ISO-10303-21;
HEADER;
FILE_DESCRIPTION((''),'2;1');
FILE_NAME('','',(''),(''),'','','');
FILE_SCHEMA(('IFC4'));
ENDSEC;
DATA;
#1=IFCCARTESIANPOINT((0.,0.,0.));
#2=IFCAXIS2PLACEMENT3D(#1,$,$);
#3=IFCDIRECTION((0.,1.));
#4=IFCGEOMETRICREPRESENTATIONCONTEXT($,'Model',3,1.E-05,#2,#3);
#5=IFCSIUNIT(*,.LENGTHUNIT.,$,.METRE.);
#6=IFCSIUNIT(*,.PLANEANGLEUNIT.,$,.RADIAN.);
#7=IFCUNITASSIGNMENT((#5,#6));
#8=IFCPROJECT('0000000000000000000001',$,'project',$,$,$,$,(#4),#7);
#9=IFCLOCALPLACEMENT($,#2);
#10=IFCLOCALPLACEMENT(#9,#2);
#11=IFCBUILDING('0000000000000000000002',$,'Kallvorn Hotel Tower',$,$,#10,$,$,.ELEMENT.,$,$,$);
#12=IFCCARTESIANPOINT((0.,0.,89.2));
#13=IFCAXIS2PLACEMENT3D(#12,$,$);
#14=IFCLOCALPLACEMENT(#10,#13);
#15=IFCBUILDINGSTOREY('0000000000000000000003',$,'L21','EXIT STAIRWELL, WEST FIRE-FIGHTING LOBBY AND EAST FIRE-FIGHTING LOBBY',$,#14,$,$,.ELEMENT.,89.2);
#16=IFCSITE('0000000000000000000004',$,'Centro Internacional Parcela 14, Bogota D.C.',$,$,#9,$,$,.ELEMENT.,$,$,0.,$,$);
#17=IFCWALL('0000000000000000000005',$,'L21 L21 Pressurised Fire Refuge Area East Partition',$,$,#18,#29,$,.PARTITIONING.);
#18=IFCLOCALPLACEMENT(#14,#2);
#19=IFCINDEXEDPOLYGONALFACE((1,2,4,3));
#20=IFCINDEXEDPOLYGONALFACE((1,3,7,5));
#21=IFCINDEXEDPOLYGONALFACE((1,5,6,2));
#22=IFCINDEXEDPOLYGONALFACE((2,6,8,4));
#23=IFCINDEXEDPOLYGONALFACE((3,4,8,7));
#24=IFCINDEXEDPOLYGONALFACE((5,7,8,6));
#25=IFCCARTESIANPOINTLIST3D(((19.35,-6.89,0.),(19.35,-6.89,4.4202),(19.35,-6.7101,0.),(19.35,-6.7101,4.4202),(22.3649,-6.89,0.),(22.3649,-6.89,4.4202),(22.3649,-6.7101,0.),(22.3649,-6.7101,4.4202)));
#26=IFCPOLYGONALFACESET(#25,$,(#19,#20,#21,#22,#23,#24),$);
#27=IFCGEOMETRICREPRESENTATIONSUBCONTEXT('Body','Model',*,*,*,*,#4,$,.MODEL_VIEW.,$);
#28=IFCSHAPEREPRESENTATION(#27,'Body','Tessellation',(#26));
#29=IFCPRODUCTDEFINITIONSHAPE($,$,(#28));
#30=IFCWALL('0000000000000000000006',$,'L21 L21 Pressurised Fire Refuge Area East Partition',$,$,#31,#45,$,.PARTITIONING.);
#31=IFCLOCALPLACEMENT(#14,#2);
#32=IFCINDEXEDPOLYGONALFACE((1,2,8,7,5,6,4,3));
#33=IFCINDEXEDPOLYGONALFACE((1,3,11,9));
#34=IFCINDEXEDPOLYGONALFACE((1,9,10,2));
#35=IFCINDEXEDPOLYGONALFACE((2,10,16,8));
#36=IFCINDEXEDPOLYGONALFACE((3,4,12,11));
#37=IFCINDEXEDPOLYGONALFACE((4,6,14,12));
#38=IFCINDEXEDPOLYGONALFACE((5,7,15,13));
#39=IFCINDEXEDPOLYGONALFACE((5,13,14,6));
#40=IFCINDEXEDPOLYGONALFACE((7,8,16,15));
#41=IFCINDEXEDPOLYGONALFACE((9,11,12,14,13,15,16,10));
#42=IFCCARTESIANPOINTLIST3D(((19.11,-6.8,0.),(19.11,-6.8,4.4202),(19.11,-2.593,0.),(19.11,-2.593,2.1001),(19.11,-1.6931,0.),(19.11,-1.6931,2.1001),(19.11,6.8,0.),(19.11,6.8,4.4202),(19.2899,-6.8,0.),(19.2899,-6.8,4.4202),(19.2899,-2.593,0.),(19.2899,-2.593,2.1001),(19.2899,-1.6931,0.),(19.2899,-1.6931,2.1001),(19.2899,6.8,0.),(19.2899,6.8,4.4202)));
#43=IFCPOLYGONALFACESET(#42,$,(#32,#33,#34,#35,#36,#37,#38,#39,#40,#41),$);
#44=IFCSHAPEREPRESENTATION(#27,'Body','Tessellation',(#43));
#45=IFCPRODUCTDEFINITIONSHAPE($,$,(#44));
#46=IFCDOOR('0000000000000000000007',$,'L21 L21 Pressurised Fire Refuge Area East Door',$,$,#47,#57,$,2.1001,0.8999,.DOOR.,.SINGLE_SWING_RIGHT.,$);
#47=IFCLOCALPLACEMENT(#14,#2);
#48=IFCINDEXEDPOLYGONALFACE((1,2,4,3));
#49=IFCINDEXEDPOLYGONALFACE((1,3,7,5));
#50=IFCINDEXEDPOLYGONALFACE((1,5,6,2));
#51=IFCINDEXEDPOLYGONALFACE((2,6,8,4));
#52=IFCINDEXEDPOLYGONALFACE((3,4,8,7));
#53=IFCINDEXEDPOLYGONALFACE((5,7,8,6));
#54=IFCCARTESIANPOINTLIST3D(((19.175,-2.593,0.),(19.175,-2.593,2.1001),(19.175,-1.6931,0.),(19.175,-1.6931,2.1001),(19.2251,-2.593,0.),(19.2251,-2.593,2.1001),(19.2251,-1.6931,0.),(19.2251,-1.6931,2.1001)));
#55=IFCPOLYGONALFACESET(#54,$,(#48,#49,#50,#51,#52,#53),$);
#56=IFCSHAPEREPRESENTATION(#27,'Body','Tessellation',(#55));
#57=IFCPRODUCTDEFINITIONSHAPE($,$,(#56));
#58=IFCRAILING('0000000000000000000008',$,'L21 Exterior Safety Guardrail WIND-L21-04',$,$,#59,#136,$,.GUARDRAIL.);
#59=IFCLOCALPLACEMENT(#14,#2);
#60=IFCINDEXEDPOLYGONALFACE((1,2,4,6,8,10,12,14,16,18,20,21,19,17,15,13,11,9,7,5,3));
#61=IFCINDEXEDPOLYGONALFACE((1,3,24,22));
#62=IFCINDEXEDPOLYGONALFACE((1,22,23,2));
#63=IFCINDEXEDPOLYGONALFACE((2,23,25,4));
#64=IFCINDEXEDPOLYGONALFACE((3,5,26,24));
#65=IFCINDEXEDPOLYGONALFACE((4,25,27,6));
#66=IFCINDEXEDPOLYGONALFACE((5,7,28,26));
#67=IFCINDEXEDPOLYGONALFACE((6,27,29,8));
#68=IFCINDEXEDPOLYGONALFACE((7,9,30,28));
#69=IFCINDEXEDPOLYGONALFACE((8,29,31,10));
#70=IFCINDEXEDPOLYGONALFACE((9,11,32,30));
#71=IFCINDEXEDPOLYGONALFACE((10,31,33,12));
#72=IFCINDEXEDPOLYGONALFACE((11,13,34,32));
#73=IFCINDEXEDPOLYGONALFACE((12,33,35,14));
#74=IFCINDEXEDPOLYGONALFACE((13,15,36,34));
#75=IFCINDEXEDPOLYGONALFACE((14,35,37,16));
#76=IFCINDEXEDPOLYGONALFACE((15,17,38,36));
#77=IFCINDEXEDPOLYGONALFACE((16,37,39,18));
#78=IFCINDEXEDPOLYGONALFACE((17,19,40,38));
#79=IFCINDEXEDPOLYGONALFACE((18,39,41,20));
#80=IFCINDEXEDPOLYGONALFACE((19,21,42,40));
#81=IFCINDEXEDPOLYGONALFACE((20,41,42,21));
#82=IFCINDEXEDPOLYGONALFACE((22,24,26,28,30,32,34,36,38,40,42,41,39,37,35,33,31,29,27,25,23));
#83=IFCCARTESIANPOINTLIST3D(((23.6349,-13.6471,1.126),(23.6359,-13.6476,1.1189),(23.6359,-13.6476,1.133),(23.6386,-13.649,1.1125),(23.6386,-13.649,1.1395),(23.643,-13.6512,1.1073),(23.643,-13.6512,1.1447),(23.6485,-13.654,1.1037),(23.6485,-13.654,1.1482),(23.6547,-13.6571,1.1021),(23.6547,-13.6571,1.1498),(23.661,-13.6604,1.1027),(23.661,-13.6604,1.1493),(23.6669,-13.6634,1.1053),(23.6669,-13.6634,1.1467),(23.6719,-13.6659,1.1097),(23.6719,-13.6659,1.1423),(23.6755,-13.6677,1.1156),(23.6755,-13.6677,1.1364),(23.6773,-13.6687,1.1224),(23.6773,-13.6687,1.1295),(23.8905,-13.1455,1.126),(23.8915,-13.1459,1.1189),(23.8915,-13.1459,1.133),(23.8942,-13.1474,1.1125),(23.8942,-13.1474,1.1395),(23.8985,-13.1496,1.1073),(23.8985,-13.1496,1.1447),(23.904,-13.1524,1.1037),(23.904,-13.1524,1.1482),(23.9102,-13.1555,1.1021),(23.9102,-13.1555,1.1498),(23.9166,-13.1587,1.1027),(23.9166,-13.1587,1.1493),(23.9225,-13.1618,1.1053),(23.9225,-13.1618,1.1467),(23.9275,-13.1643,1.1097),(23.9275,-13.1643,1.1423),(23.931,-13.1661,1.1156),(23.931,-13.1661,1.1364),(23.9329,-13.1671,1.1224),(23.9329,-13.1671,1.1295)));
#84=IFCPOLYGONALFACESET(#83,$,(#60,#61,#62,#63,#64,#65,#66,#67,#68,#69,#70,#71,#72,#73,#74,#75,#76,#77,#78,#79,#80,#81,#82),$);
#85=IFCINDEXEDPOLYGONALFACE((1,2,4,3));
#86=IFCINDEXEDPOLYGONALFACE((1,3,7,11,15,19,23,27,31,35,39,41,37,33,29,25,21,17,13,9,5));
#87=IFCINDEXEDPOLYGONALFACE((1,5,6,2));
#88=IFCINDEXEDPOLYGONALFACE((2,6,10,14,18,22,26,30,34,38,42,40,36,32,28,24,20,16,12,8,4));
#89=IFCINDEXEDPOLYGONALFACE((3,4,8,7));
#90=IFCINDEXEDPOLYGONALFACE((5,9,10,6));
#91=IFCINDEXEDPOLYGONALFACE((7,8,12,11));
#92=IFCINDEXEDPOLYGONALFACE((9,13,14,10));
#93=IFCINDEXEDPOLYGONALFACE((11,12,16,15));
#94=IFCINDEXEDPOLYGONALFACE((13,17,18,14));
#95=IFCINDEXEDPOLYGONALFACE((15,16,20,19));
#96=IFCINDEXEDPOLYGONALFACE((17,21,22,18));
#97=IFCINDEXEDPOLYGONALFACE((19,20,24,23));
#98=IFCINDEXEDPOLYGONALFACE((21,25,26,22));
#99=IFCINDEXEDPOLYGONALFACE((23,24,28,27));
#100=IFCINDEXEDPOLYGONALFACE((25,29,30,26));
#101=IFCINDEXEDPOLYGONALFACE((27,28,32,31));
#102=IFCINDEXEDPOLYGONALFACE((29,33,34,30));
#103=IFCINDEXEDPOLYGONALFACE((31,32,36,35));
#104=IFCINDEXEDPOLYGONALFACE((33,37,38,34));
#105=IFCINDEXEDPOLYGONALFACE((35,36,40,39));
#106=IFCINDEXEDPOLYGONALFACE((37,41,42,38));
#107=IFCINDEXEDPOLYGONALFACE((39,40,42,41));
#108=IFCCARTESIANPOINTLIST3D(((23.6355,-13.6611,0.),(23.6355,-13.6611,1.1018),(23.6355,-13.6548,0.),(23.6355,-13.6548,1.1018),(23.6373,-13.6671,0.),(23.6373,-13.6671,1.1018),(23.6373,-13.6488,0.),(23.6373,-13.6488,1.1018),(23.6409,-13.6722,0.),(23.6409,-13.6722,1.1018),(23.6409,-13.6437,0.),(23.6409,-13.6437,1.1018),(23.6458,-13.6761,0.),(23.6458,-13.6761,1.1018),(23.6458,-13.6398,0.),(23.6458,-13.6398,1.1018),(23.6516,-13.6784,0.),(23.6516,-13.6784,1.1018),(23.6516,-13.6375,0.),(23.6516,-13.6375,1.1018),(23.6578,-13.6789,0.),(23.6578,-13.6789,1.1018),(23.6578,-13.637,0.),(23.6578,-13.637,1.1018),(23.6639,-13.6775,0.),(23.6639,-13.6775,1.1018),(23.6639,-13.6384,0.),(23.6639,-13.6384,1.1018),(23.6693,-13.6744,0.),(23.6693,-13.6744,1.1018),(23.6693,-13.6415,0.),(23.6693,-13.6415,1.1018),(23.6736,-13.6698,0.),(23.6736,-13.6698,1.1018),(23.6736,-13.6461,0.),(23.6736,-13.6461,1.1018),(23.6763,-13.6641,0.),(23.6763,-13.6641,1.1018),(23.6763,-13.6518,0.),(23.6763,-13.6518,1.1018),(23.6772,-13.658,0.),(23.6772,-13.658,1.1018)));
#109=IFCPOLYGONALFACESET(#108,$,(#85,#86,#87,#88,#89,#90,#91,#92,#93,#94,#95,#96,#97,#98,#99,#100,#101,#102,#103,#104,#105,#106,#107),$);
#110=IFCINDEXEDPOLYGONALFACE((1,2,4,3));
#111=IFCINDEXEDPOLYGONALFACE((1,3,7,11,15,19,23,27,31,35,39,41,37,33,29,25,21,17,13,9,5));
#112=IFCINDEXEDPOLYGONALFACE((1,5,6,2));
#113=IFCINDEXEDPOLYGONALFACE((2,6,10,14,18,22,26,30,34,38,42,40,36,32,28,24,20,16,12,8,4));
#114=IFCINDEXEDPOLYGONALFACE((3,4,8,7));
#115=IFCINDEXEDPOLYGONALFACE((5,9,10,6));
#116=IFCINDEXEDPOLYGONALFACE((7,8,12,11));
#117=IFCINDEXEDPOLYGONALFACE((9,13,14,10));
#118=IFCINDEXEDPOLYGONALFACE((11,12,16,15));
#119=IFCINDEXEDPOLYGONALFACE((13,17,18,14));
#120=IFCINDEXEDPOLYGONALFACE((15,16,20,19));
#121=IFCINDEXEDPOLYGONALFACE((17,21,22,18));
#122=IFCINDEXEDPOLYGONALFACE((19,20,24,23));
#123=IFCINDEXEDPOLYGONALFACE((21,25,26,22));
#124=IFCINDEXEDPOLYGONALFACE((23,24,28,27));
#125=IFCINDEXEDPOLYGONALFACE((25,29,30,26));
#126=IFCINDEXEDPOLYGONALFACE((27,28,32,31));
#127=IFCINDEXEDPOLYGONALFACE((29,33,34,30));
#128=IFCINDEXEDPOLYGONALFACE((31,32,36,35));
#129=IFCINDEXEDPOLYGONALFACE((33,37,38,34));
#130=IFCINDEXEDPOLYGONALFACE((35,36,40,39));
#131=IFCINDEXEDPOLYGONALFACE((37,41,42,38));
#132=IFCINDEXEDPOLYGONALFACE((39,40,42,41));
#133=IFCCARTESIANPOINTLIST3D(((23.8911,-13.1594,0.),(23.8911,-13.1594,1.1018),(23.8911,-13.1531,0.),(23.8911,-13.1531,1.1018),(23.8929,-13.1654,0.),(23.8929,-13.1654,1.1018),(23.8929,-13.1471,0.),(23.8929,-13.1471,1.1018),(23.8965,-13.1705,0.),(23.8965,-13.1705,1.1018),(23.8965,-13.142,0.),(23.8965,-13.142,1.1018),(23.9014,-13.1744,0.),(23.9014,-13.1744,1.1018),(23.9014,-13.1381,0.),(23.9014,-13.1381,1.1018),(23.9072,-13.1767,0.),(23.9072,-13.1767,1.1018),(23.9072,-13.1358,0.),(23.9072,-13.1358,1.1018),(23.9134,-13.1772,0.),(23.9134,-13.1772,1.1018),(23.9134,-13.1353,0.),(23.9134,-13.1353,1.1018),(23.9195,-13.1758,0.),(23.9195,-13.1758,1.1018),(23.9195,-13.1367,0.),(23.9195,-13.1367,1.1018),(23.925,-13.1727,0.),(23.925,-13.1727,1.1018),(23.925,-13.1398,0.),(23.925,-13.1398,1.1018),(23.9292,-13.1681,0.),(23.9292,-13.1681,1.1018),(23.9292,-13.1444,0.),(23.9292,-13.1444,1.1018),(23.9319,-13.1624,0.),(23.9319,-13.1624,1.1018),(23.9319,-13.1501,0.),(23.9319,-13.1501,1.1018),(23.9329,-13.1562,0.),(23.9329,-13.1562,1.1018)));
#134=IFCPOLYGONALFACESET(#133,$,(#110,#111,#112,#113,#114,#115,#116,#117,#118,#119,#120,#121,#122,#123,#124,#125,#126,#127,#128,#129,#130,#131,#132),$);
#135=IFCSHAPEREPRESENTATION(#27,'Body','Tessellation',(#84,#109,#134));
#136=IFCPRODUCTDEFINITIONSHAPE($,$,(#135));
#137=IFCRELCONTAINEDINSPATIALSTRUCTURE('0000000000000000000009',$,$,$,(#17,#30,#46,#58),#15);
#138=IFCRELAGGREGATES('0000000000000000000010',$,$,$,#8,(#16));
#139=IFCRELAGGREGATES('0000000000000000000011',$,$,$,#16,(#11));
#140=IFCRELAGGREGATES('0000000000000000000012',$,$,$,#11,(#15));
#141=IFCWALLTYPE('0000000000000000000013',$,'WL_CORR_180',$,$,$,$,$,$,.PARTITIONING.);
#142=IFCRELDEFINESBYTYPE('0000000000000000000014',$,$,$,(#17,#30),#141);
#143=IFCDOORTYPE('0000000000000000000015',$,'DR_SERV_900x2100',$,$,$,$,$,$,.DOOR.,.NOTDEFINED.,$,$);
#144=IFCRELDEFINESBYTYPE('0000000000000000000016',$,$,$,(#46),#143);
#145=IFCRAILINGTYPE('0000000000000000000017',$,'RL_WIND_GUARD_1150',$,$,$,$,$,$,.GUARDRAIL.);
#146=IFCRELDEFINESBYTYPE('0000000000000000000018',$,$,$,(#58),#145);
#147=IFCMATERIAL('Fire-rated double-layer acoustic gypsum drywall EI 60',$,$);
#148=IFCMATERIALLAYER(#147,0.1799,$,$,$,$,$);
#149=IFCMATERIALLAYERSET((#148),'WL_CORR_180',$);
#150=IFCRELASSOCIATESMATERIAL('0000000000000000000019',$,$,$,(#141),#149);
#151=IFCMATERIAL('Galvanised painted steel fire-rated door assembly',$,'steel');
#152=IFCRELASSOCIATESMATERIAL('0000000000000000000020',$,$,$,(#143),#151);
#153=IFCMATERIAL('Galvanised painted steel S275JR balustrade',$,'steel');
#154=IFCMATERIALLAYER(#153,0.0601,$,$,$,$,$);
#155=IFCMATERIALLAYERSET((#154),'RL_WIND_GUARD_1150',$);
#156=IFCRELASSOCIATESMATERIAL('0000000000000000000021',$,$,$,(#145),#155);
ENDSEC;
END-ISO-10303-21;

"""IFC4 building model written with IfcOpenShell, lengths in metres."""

from ifc_helpers import new_model, si_unit, direction, frame, frame_2d, origin, origin_2d, place, context, subcontext, project, spatial, rectangle, circle, extrude, material, layer, layer_set, type_object, element, fill, save


model = new_model("IFC4")

# Units and contexts
model_context = context("Model", 3, precision=1e-05, world=origin(), true_north=direction((0.0, 1.0)))
body_context = subcontext(model_context, "Body", "Model", "MODEL_VIEW")
ifc_project = project(units=[si_unit("LENGTHUNIT", "METRE"), si_unit("PLANEANGLEUNIT", "RADIAN")], contexts=[model_context])

# Site, building, storey
site_placement = place(None, origin())
site = spatial("IfcSite", under=ifc_project, at=site_placement, Name="Centro Internacional Parcela 14, Bogota D.C.", CompositionType="ELEMENT", RefElevation=0.0)
building_placement = place(site_placement, origin())
building = spatial("IfcBuilding", under=site, at=building_placement, Name="Kallvorn Hotel Tower", CompositionType="ELEMENT")
storey_placement = place(building_placement, frame((0.0, 0.0, 89.2)))
storey = spatial("IfcBuildingStorey", under=building, at=storey_placement, Name="L21", Description="EXIT STAIRWELL, WEST FIRE-FIGHTING LOBBY AND EAST FIRE-FIGHTING LOBBY", CompositionType="ELEMENT", Elevation=89.2)

# Wall
ifc_material_1 = material(Name="Fire-rated double-layer acoustic gypsum drywall EI 60")
ifc_layer_1 = layer(ifc_material_1, 0.1799)
ifc_layer_set_1 = layer_set([ifc_layer_1], Name="WL_CORR_180")
wall_type = type_object("IfcWallType", Name="WL_CORR_180", PredefinedType="PARTITIONING", material=ifc_layer_set_1)
wall_1_placement = place(storey_placement, frame((19.3501, -6.8, 0.0), z_axis=(0.0, 0.0, 1.0), x_axis=(1.0, 0.0, 0.0)))
element("IfcWall", 1, at=wall_1_placement, inside=storey, type_object=wall_type, Name="L21 L21 Pressurised Fire Refuge Area East Partition", PredefinedType="PARTITIONING", context=body_context, shape_type="SweptSolid", body=[
    extrude(rectangle(XDim=3.0149, YDim=0.1799, at=frame_2d((1.5073, 0.0))), origin(), (0.0, 0.0, 1.0), 4.4202),
])

# Wall, opening, door
wall_2_placement = place(storey_placement, frame((19.2, -6.8, 0.0), z_axis=(0.0, 0.0, 1.0), x_axis=(0.0, 1.0, 0.0)))
wall_2 = element("IfcWall", 2, at=wall_2_placement, inside=storey, type_object=wall_type, Name="L21 L21 Pressurised Fire Refuge Area East Partition", PredefinedType="PARTITIONING", context=body_context, shape_type="SweptSolid", body=[
    extrude(rectangle(XDim=13.6001, YDim=0.1799, at=frame_2d((6.8, 0.0))), origin(), (0.0, 0.0, 1.0), 4.4202),
])
opening_placement = place(wall_2_placement, frame((4.207, 0.0, 0.0)))
opening = element("IfcOpeningElement", 3, at=opening_placement, cuts=wall_2, PredefinedType="OPENING", context=body_context, shape_type="SweptSolid", body=[
    extrude(rectangle(XDim=0.8999, YDim=2.1001, at=frame_2d((0.45, 1.05))), frame((0.0, 0.1047, 0.0), z_axis=(0.0, -1.0, 0.0), x_axis=(1.0, 0.0, 0.0)), (0.0, 0.0, 1.0), 0.21),
])
ifc_material_2 = material(Name="Galvanised painted steel fire-rated door assembly", Category="steel")
door_type = type_object("IfcDoorType", Name="DR_SERV_900x2100", OperationType="NOTDEFINED", PredefinedType="DOOR", material=ifc_material_2)
door_placement = place(opening_placement, origin())
door = element("IfcDoor", 4, at=door_placement, inside=storey, type_object=door_type, Name="L21 L21 Pressurised Fire Refuge Area East Door", OperationType="SINGLE_SWING_RIGHT", OverallHeight=2.1001, OverallWidth=0.8999, PredefinedType="DOOR", context=body_context, shape_type="SweptSolid", body=[
    extrude(rectangle(XDim=0.8999, YDim=2.1001, at=frame_2d((0.45, 1.05))), frame((0.0, 0.0249, 0.0), z_axis=(0.0, -1.0, 0.0), x_axis=(1.0, 0.0, 0.0)), (0.0, 0.0, 1.0), 0.05),
])
fill(opening, door)

# Railing
ifc_material_3 = material(Name="Galvanised painted steel S275JR balustrade", Category="steel")
ifc_layer_2 = layer(ifc_material_3, 0.0601)
ifc_layer_set_2 = layer_set([ifc_layer_2], Name="RL_WIND_GUARD_1150")
railing_type = type_object("IfcRailingType", Name="RL_WIND_GUARD_1150", PredefinedType="GUARDRAIL", material=ifc_layer_set_2)
railing_1_placement = place(storey_placement, frame((23.6562, -13.658, 0.0)))
element("IfcRailing", 5, at=railing_1_placement, inside=storey, type_object=railing_type, Name="L21 Exterior Safety Guardrail WIND-L21-04", PredefinedType="GUARDRAIL", context=body_context, shape_type="SweptSolid", body=[
    extrude(circle(Radius=0.0239, at=origin_2d()), frame((0.0, 0.0, 1.126), z_axis=(0.453965, 0.89102, 0.0), x_axis=(-0.89102, 0.453965, 0.0)), (0.0, 0.0, 1.0), 0.563),
    extrude(circle(Radius=0.021, at=origin_2d()), origin(), (0.0, 0.0, 1.0), 1.1018),
    extrude(circle(Radius=0.021, at=origin_2d()), frame((0.2556, 0.5017, 0.0)), (0.0, 0.0, 1.0), 1.1018),
])

save(model, "model.ifc")
